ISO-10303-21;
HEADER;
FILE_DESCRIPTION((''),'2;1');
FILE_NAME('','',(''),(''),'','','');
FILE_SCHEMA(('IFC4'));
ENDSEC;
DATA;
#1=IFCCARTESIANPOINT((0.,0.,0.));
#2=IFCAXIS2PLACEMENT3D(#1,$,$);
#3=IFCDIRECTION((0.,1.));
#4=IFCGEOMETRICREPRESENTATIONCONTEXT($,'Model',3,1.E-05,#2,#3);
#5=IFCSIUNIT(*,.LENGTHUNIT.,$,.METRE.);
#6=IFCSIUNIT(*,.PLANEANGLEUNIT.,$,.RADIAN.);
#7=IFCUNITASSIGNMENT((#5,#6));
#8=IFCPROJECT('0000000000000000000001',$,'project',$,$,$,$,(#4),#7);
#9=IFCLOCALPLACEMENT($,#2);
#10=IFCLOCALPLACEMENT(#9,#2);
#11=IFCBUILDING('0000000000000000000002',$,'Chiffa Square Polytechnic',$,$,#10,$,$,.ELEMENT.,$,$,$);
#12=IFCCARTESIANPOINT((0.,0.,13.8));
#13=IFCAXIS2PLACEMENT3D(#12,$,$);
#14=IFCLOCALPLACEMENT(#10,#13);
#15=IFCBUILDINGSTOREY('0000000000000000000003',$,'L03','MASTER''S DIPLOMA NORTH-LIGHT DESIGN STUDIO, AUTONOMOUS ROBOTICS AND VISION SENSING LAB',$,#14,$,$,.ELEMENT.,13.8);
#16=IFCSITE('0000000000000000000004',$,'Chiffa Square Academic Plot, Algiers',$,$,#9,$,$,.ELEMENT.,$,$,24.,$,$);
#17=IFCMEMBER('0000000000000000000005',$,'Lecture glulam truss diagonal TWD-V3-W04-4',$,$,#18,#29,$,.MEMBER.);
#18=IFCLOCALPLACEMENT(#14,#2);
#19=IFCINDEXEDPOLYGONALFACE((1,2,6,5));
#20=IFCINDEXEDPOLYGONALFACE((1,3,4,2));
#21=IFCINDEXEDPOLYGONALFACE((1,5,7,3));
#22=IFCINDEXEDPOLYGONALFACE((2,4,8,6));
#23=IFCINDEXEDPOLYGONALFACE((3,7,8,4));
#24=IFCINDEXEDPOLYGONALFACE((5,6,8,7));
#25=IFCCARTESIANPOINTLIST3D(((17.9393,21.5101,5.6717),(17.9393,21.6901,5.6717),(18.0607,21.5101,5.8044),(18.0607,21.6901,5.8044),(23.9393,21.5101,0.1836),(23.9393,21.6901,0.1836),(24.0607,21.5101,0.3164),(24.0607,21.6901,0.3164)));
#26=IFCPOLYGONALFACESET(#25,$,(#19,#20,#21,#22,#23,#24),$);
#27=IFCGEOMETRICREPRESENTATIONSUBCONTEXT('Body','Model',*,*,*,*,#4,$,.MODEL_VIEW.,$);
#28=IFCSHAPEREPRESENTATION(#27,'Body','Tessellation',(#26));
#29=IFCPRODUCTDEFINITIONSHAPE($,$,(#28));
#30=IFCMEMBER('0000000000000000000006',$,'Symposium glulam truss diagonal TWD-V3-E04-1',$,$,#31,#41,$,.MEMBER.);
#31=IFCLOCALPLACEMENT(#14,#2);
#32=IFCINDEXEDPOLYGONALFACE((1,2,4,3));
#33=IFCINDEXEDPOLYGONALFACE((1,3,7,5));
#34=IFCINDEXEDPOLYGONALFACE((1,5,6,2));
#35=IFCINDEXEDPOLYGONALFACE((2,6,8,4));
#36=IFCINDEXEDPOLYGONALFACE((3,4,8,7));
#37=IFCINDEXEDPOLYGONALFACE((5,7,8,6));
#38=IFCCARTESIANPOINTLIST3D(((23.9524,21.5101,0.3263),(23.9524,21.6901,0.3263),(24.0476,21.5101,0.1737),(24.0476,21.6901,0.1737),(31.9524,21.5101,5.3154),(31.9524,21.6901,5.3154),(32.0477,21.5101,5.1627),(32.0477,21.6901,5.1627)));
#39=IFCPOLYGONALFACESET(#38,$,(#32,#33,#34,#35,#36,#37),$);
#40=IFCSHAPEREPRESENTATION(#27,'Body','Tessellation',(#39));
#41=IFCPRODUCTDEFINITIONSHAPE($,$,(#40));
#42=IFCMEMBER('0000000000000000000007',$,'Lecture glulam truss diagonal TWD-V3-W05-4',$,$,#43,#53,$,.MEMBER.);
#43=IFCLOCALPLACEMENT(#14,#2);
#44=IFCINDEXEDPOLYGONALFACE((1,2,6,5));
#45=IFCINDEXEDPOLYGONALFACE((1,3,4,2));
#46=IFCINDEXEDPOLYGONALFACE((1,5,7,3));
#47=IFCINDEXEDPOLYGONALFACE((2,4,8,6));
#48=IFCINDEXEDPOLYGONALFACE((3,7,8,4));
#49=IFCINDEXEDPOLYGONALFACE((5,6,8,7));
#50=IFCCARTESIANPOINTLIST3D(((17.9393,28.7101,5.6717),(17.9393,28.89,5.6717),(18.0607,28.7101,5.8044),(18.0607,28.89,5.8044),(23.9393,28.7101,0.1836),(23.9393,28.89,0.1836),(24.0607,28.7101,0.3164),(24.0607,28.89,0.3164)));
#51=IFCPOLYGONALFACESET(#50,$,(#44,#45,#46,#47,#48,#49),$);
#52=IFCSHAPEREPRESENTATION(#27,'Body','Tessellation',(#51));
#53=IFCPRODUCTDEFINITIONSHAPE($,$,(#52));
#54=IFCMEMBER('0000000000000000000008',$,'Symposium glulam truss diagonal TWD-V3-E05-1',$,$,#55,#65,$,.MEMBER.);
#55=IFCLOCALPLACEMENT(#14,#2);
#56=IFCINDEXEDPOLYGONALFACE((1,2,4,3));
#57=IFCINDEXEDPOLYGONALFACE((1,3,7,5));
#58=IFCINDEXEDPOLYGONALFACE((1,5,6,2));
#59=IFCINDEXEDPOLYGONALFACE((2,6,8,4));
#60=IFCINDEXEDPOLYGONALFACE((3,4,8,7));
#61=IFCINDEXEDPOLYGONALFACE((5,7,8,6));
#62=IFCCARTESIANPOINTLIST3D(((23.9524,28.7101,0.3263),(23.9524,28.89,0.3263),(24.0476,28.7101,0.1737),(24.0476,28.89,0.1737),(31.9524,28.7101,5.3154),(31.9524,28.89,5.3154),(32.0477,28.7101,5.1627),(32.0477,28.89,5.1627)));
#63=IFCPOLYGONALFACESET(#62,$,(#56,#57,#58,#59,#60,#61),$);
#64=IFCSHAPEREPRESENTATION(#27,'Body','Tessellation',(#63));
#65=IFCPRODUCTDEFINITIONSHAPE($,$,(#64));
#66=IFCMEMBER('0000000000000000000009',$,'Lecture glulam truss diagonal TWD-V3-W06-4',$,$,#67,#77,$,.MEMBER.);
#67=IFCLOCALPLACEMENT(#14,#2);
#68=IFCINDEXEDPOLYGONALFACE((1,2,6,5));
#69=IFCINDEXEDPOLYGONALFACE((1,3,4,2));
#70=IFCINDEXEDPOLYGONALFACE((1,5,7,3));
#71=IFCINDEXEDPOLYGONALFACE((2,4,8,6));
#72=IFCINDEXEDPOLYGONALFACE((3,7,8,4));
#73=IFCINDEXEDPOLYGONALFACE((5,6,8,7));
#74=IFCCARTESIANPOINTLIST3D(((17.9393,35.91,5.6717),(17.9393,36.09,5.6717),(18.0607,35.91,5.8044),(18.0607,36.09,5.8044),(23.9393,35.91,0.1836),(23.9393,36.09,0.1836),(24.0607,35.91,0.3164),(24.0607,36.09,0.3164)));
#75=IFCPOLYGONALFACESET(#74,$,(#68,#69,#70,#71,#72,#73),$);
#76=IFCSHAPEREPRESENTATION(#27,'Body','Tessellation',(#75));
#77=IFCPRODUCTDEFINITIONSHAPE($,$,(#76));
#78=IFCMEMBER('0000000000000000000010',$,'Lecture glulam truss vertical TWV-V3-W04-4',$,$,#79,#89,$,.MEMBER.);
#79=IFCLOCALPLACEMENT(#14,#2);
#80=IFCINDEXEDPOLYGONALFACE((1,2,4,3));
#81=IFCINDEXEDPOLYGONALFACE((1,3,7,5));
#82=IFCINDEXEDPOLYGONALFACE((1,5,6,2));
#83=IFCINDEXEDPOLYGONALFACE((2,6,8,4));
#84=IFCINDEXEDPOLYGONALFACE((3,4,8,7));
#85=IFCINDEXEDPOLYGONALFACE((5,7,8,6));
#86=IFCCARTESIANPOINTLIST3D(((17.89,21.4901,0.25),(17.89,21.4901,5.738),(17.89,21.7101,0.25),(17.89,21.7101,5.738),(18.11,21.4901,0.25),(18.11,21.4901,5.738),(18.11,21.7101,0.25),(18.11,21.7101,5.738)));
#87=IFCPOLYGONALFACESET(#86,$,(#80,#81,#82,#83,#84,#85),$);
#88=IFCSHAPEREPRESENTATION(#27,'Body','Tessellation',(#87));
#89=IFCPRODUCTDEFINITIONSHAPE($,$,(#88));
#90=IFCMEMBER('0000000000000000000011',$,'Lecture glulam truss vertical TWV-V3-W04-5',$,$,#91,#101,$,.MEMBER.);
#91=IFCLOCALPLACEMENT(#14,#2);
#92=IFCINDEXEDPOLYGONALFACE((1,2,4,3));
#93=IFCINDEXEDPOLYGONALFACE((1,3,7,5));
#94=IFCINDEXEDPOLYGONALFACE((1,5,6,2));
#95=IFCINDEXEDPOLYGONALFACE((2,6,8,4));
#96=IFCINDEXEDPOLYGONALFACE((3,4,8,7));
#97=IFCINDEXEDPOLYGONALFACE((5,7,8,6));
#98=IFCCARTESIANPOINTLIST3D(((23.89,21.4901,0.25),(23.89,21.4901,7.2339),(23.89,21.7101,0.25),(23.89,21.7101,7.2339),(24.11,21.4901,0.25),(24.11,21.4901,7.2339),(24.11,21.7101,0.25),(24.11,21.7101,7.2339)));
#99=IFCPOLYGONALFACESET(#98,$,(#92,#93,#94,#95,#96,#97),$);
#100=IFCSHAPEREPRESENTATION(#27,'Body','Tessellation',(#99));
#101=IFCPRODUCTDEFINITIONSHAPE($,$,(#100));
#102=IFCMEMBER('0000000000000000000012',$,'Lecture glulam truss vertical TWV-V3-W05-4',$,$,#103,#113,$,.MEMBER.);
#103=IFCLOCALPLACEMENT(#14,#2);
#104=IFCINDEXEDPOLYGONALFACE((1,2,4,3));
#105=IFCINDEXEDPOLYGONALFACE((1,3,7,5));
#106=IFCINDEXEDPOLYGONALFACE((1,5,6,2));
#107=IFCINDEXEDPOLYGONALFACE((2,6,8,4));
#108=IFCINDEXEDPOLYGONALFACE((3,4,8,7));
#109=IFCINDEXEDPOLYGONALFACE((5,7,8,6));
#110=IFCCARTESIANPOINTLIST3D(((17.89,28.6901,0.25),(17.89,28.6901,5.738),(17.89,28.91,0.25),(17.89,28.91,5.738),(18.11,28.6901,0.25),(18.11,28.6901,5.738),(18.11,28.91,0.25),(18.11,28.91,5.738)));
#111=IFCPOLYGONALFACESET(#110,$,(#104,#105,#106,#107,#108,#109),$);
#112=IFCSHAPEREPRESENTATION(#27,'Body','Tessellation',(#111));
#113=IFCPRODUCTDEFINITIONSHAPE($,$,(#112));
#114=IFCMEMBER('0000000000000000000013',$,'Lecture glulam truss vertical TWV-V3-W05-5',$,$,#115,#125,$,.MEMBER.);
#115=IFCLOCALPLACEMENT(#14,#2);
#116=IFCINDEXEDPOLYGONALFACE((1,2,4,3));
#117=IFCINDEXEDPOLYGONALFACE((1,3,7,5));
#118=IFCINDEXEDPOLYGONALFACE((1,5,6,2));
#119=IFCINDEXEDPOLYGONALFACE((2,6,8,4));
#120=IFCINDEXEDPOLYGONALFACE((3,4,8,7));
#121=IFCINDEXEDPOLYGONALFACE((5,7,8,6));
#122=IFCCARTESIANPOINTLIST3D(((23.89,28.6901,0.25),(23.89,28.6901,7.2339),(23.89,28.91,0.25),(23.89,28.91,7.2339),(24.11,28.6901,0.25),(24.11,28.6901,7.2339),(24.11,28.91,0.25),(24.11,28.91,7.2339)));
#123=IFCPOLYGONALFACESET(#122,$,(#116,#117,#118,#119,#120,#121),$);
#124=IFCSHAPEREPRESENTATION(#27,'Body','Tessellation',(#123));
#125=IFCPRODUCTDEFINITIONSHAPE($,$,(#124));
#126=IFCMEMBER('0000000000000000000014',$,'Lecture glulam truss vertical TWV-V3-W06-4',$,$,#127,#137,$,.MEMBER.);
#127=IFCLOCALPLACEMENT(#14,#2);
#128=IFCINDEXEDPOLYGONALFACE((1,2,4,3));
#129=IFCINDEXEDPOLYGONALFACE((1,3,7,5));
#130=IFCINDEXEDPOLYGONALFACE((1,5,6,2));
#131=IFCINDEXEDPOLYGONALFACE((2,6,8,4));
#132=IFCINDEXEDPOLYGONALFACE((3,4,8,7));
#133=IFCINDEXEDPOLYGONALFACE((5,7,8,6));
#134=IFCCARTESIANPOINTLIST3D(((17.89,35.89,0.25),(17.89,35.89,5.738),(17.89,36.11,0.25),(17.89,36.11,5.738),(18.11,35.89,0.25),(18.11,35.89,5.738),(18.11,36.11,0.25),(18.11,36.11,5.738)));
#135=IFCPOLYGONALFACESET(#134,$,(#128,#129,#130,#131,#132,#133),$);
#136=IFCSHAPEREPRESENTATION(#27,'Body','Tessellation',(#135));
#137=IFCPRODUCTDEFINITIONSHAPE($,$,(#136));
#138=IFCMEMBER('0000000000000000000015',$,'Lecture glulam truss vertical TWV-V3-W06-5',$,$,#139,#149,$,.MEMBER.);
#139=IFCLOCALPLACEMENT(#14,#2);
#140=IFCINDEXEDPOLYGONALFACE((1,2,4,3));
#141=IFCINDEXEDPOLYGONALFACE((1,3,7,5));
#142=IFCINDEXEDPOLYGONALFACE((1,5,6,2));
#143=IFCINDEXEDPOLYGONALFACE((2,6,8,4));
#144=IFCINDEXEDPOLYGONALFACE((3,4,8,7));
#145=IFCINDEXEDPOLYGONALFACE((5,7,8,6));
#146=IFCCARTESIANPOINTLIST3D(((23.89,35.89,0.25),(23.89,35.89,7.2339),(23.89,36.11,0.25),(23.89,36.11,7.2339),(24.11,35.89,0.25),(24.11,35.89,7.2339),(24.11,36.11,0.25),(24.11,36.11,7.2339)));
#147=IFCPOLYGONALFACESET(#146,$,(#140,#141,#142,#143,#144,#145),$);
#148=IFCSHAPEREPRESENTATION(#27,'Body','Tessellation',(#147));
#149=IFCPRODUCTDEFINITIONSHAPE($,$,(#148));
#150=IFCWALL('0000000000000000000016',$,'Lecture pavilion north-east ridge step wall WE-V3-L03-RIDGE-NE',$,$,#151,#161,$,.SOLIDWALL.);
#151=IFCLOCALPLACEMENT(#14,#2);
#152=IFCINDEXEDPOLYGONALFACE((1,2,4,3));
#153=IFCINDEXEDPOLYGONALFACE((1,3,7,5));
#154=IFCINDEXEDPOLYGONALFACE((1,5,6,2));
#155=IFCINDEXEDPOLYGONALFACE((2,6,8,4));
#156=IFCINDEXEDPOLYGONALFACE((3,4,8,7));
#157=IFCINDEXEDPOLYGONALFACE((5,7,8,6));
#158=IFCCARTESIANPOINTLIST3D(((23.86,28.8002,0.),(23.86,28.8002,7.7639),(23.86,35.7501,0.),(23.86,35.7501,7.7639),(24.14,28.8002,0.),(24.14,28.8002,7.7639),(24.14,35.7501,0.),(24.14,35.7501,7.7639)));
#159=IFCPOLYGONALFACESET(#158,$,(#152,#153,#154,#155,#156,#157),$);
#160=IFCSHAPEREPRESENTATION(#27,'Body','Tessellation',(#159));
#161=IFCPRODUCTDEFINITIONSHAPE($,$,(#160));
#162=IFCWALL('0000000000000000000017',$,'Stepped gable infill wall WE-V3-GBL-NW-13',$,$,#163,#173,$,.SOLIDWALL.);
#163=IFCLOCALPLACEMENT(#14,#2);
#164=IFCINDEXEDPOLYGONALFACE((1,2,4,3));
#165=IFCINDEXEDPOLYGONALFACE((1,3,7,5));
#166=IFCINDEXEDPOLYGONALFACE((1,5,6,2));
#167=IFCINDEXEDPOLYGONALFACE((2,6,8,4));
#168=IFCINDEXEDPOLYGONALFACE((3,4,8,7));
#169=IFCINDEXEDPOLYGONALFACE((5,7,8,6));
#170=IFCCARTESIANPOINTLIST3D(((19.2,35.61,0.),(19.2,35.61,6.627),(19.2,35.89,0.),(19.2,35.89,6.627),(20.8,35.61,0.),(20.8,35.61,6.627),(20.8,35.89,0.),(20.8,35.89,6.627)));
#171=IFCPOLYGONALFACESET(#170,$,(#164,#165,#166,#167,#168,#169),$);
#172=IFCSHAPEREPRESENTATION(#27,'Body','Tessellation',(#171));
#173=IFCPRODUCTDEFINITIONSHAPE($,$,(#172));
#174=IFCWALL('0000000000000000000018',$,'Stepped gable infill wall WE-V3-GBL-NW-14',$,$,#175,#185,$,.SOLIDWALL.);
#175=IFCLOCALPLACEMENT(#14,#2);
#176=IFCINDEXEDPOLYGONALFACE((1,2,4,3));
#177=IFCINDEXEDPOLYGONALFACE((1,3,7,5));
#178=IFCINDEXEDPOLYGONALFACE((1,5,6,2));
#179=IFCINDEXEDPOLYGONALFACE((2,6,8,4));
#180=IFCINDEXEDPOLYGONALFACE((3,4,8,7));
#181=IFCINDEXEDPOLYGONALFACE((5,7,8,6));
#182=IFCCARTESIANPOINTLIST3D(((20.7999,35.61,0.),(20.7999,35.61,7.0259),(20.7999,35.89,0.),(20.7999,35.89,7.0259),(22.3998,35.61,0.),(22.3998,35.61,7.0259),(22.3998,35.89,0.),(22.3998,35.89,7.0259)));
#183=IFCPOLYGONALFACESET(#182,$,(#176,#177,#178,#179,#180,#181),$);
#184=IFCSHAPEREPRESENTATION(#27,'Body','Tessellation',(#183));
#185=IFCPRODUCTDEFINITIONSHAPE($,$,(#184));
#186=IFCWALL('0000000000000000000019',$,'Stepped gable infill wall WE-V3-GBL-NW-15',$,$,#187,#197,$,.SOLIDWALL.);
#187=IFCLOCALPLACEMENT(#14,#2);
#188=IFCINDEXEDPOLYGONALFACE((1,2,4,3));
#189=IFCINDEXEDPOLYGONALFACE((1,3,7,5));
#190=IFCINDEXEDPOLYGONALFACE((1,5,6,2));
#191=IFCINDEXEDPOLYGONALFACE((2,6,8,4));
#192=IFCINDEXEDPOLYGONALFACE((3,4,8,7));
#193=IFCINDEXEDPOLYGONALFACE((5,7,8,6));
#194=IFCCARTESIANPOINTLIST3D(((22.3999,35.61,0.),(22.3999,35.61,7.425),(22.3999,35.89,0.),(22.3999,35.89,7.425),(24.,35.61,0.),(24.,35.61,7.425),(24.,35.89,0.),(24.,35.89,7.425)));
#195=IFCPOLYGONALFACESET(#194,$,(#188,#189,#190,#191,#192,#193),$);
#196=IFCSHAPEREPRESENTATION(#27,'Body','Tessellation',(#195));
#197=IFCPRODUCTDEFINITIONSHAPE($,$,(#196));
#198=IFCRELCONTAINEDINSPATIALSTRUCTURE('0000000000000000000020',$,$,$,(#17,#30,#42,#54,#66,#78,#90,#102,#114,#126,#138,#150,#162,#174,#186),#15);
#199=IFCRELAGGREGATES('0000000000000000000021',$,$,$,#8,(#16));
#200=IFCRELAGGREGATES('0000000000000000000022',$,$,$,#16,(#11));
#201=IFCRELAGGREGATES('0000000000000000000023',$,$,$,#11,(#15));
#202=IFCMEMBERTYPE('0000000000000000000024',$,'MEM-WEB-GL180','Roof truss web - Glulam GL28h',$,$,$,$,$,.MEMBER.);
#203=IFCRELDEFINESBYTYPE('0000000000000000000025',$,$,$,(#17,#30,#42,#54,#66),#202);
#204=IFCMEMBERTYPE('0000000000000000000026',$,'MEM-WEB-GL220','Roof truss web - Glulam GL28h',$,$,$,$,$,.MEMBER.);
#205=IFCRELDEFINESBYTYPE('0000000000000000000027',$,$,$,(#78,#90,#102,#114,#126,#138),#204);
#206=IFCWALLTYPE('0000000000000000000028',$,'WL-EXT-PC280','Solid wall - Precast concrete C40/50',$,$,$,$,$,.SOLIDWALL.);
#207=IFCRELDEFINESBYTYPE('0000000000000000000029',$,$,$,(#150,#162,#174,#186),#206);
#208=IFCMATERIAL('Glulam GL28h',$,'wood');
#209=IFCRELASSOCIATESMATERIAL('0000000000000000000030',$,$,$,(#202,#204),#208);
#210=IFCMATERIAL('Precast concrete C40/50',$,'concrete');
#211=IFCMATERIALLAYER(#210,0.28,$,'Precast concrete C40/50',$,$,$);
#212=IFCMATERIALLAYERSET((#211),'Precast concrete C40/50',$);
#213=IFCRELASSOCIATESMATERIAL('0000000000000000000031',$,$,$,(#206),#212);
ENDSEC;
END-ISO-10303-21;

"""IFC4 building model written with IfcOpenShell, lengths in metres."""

from ifc_helpers import new_model, si_unit, direction, frame, frame_2d, origin, origin_2d, place, context, subcontext, project, spatial, rectangle, extrude, material, layer, layer_set, material_profile, profile_set, type_object, element, save


model = new_model("IFC4")

# Units and contexts
model_context = context("Model", 3, precision=1e-05, world=origin(), true_north=direction((0.0, 1.0)))
body_context = subcontext(model_context, "Body", "Model", "MODEL_VIEW")
ifc_project = project(units=[si_unit("LENGTHUNIT", "METRE"), si_unit("PLANEANGLEUNIT", "RADIAN")], contexts=[model_context])

# Site, building, storey
site_placement = place(None, origin())
site = spatial("IfcSite", under=ifc_project, at=site_placement, Name="Chiffa Square Academic Plot, Algiers", CompositionType="ELEMENT", RefElevation=24.0)
building_placement = place(site_placement, origin())
building = spatial("IfcBuilding", under=site, at=building_placement, Name="Chiffa Square Polytechnic", CompositionType="ELEMENT")
storey_placement = place(building_placement, frame((0.0, 0.0, 13.8)))
storey = spatial("IfcBuildingStorey", under=building, at=storey_placement, Name="L03", Description="MASTER'S DIPLOMA NORTH-LIGHT DESIGN STUDIO, AUTONOMOUS ROBOTICS AND VISION SENSING LAB", CompositionType="ELEMENT", Elevation=13.8)

# Members
ifc_material_1 = material(Name="Glulam GL28h", Category="wood")
ifc_material_profile_1 = material_profile(ifc_material_1, rectangle(XDim=0.1799, YDim=0.1799, at=origin_2d()), Name="GL28h 180x180")
ifc_profile_set_1 = profile_set([ifc_material_profile_1], Name="Glulam GL28h")
member_type_1 = type_object("IfcMemberType", Name="MEM-WEB-GL180", Description="Roof truss web - Glulam GL28h", PredefinedType="MEMBER", material=ifc_profile_set_1)
member_1_placement = place(storey_placement, frame((18.0, 21.6001, 5.738), z_axis=(0.737887, 0.0, -0.674925), x_axis=(0.0, 1.0, 0.0)))
element("IfcMember", 1, at=member_1_placement, inside=storey, type_object=member_type_1, Name="Lecture glulam truss diagonal TWD-V3-W04-4", PredefinedType="MEMBER", context=body_context, shape_type="SweptSolid", body=[
    extrude(rectangle(XDim=0.1799, YDim=0.1799, at=origin_2d()), origin(), (0.0, 0.0, 1.0), 8.1313),
])
member_2_placement = place(storey_placement, frame((24.0, 21.6001, 0.25), z_axis=(0.848522, 0.0, 0.529161), x_axis=(0.0, 1.0, 0.0)))
element("IfcMember", 2, at=member_2_placement, inside=storey, type_object=member_type_1, Name="Symposium glulam truss diagonal TWD-V3-E04-1", PredefinedType="MEMBER", context=body_context, shape_type="SweptSolid", body=[
    extrude(rectangle(XDim=0.1799, YDim=0.1799, at=origin_2d()), origin(), (0.0, 0.0, 1.0), 9.4282),
])
member_3_placement = place(storey_placement, frame((18.0, 28.8, 5.738), z_axis=(0.737887, 0.0, -0.674925), x_axis=(0.0, 1.0, 0.0)))
element("IfcMember", 3, at=member_3_placement, inside=storey, type_object=member_type_1, Name="Lecture glulam truss diagonal TWD-V3-W05-4", PredefinedType="MEMBER", context=body_context, shape_type="SweptSolid", body=[
    extrude(rectangle(XDim=0.1799, YDim=0.1799, at=origin_2d()), origin(), (0.0, 0.0, 1.0), 8.1313),
])
member_4_placement = place(storey_placement, frame((24.0, 28.8, 0.25), z_axis=(0.848522, 0.0, 0.529161), x_axis=(0.0, 1.0, 0.0)))
element("IfcMember", 4, at=member_4_placement, inside=storey, type_object=member_type_1, Name="Symposium glulam truss diagonal TWD-V3-E05-1", PredefinedType="MEMBER", context=body_context, shape_type="SweptSolid", body=[
    extrude(rectangle(XDim=0.1799, YDim=0.1799, at=origin_2d()), origin(), (0.0, 0.0, 1.0), 9.4282),
])
member_5_placement = place(storey_placement, frame((18.0, 36.0, 5.738), z_axis=(0.737887, 0.0, -0.674925), x_axis=(0.0, 1.0, 0.0)))
element("IfcMember", 5, at=member_5_placement, inside=storey, type_object=member_type_1, Name="Lecture glulam truss diagonal TWD-V3-W06-4", PredefinedType="MEMBER", context=body_context, shape_type="SweptSolid", body=[
    extrude(rectangle(XDim=0.1799, YDim=0.1799, at=origin_2d()), origin(), (0.0, 0.0, 1.0), 8.1313),
])
ifc_material_profile_2 = material_profile(ifc_material_1, rectangle(XDim=0.22, YDim=0.22, at=origin_2d()), Name="GL28h 220x220")
ifc_profile_set_2 = profile_set([ifc_material_profile_2], Name="Glulam GL28h")
member_type_2 = type_object("IfcMemberType", Name="MEM-WEB-GL220", Description="Roof truss web - Glulam GL28h", PredefinedType="MEMBER", material=ifc_profile_set_2)
member_6_placement = place(storey_placement, frame((18.0, 21.6001, 0.25), z_axis=(0.0, 0.0, 1.0), x_axis=(1.0, 0.0, 0.0)))
element("IfcMember", 6, at=member_6_placement, inside=storey, type_object=member_type_2, Name="Lecture glulam truss vertical TWV-V3-W04-4", PredefinedType="MEMBER", context=body_context, shape_type="SweptSolid", body=[
    extrude(rectangle(XDim=0.22, YDim=0.22, at=origin_2d()), origin(), (0.0, 0.0, 1.0), 5.488),
])
member_7_placement = place(storey_placement, frame((24.0, 21.6001, 0.25), z_axis=(0.0, 0.0, 1.0), x_axis=(1.0, 0.0, 0.0)))
element("IfcMember", 7, at=member_7_placement, inside=storey, type_object=member_type_2, Name="Lecture glulam truss vertical TWV-V3-W04-5", PredefinedType="MEMBER", context=body_context, shape_type="SweptSolid", body=[
    extrude(rectangle(XDim=0.22, YDim=0.22, at=origin_2d()), origin(), (0.0, 0.0, 1.0), 6.9839),
])
member_8_placement = place(storey_placement, frame((18.0, 28.8, 0.25), z_axis=(0.0, 0.0, 1.0), x_axis=(1.0, 0.0, 0.0)))
element("IfcMember", 8, at=member_8_placement, inside=storey, type_object=member_type_2, Name="Lecture glulam truss vertical TWV-V3-W05-4", PredefinedType="MEMBER", context=body_context, shape_type="SweptSolid", body=[
    extrude(rectangle(XDim=0.22, YDim=0.22, at=origin_2d()), origin(), (0.0, 0.0, 1.0), 5.488),
])
member_9_placement = place(storey_placement, frame((24.0, 28.8, 0.25), z_axis=(0.0, 0.0, 1.0), x_axis=(1.0, 0.0, 0.0)))
element("IfcMember", 9, at=member_9_placement, inside=storey, type_object=member_type_2, Name="Lecture glulam truss vertical TWV-V3-W05-5", PredefinedType="MEMBER", context=body_context, shape_type="SweptSolid", body=[
    extrude(rectangle(XDim=0.22, YDim=0.22, at=origin_2d()), origin(), (0.0, 0.0, 1.0), 6.9839),
])
member_10_placement = place(storey_placement, frame((18.0, 36.0, 0.25), z_axis=(0.0, 0.0, 1.0), x_axis=(1.0, 0.0, 0.0)))
element("IfcMember", 10, at=member_10_placement, inside=storey, type_object=member_type_2, Name="Lecture glulam truss vertical TWV-V3-W06-4", PredefinedType="MEMBER", context=body_context, shape_type="SweptSolid", body=[
    extrude(rectangle(XDim=0.22, YDim=0.22, at=origin_2d()), origin(), (0.0, 0.0, 1.0), 5.488),
])
member_11_placement = place(storey_placement, frame((24.0, 36.0, 0.25), z_axis=(0.0, 0.0, 1.0), x_axis=(1.0, 0.0, 0.0)))
element("IfcMember", 11, at=member_11_placement, inside=storey, type_object=member_type_2, Name="Lecture glulam truss vertical TWV-V3-W06-5", PredefinedType="MEMBER", context=body_context, shape_type="SweptSolid", body=[
    extrude(rectangle(XDim=0.22, YDim=0.22, at=origin_2d()), origin(), (0.0, 0.0, 1.0), 6.9839),
])

# Walls
ifc_material_2 = material(Name="Precast concrete C40/50", Category="concrete")
ifc_layer = layer(ifc_material_2, 0.28, Name="Precast concrete C40/50")
ifc_layer_set = layer_set([ifc_layer], Name="Precast concrete C40/50")
wall_type = type_object("IfcWallType", Name="WL-EXT-PC280", Description="Solid wall - Precast concrete C40/50", PredefinedType="SOLIDWALL", material=ifc_layer_set)
wall_1_placement = place(storey_placement, frame((24.0, 28.8, 0.0), z_axis=(0.0, 0.0, 1.0), x_axis=(0.0, 1.0, 0.0)))
element("IfcWall", 12, at=wall_1_placement, inside=storey, type_object=wall_type, Name="Lecture pavilion north-east ridge step wall WE-V3-L03-RIDGE-NE", PredefinedType="SOLIDWALL", context=body_context, shape_type="SweptSolid", body=[
    extrude(rectangle(XDim=6.95, YDim=0.28, at=frame_2d((3.4751, 0.0))), origin(), (0.0, 0.0, 1.0), 7.7639),
])
wall_2_placement = place(storey_placement, frame((19.2, 35.75, 0.0), z_axis=(0.0, 0.0, 1.0), x_axis=(1.0, 0.0, 0.0)))
element("IfcWall", 13, at=wall_2_placement, inside=storey, type_object=wall_type, Name="Stepped gable infill wall WE-V3-GBL-NW-13", PredefinedType="SOLIDWALL", context=body_context, shape_type="SweptSolid", body=[
    extrude(rectangle(XDim=1.6001, YDim=0.28, at=frame_2d((0.8, 0.0))), origin(), (0.0, 0.0, 1.0), 6.627),
])
wall_3_placement = place(storey_placement, frame((20.8, 35.75, 0.0), z_axis=(0.0, 0.0, 1.0), x_axis=(1.0, 0.0, 0.0)))
element("IfcWall", 14, at=wall_3_placement, inside=storey, type_object=wall_type, Name="Stepped gable infill wall WE-V3-GBL-NW-14", PredefinedType="SOLIDWALL", context=body_context, shape_type="SweptSolid", body=[
    extrude(rectangle(XDim=1.5999, YDim=0.28, at=frame_2d((0.7998, 0.0))), origin(), (0.0, 0.0, 1.0), 7.0259),
])
wall_4_placement = place(storey_placement, frame((22.3999, 35.75, 0.0), z_axis=(0.0, 0.0, 1.0), x_axis=(1.0, 0.0, 0.0)))
element("IfcWall", 15, at=wall_4_placement, inside=storey, type_object=wall_type, Name="Stepped gable infill wall WE-V3-GBL-NW-15", PredefinedType="SOLIDWALL", context=body_context, shape_type="SweptSolid", body=[
    extrude(rectangle(XDim=1.6001, YDim=0.28, at=frame_2d((0.8, 0.0))), origin(), (0.0, 0.0, 1.0), 7.425),
])

save(model, "model.ifc")
